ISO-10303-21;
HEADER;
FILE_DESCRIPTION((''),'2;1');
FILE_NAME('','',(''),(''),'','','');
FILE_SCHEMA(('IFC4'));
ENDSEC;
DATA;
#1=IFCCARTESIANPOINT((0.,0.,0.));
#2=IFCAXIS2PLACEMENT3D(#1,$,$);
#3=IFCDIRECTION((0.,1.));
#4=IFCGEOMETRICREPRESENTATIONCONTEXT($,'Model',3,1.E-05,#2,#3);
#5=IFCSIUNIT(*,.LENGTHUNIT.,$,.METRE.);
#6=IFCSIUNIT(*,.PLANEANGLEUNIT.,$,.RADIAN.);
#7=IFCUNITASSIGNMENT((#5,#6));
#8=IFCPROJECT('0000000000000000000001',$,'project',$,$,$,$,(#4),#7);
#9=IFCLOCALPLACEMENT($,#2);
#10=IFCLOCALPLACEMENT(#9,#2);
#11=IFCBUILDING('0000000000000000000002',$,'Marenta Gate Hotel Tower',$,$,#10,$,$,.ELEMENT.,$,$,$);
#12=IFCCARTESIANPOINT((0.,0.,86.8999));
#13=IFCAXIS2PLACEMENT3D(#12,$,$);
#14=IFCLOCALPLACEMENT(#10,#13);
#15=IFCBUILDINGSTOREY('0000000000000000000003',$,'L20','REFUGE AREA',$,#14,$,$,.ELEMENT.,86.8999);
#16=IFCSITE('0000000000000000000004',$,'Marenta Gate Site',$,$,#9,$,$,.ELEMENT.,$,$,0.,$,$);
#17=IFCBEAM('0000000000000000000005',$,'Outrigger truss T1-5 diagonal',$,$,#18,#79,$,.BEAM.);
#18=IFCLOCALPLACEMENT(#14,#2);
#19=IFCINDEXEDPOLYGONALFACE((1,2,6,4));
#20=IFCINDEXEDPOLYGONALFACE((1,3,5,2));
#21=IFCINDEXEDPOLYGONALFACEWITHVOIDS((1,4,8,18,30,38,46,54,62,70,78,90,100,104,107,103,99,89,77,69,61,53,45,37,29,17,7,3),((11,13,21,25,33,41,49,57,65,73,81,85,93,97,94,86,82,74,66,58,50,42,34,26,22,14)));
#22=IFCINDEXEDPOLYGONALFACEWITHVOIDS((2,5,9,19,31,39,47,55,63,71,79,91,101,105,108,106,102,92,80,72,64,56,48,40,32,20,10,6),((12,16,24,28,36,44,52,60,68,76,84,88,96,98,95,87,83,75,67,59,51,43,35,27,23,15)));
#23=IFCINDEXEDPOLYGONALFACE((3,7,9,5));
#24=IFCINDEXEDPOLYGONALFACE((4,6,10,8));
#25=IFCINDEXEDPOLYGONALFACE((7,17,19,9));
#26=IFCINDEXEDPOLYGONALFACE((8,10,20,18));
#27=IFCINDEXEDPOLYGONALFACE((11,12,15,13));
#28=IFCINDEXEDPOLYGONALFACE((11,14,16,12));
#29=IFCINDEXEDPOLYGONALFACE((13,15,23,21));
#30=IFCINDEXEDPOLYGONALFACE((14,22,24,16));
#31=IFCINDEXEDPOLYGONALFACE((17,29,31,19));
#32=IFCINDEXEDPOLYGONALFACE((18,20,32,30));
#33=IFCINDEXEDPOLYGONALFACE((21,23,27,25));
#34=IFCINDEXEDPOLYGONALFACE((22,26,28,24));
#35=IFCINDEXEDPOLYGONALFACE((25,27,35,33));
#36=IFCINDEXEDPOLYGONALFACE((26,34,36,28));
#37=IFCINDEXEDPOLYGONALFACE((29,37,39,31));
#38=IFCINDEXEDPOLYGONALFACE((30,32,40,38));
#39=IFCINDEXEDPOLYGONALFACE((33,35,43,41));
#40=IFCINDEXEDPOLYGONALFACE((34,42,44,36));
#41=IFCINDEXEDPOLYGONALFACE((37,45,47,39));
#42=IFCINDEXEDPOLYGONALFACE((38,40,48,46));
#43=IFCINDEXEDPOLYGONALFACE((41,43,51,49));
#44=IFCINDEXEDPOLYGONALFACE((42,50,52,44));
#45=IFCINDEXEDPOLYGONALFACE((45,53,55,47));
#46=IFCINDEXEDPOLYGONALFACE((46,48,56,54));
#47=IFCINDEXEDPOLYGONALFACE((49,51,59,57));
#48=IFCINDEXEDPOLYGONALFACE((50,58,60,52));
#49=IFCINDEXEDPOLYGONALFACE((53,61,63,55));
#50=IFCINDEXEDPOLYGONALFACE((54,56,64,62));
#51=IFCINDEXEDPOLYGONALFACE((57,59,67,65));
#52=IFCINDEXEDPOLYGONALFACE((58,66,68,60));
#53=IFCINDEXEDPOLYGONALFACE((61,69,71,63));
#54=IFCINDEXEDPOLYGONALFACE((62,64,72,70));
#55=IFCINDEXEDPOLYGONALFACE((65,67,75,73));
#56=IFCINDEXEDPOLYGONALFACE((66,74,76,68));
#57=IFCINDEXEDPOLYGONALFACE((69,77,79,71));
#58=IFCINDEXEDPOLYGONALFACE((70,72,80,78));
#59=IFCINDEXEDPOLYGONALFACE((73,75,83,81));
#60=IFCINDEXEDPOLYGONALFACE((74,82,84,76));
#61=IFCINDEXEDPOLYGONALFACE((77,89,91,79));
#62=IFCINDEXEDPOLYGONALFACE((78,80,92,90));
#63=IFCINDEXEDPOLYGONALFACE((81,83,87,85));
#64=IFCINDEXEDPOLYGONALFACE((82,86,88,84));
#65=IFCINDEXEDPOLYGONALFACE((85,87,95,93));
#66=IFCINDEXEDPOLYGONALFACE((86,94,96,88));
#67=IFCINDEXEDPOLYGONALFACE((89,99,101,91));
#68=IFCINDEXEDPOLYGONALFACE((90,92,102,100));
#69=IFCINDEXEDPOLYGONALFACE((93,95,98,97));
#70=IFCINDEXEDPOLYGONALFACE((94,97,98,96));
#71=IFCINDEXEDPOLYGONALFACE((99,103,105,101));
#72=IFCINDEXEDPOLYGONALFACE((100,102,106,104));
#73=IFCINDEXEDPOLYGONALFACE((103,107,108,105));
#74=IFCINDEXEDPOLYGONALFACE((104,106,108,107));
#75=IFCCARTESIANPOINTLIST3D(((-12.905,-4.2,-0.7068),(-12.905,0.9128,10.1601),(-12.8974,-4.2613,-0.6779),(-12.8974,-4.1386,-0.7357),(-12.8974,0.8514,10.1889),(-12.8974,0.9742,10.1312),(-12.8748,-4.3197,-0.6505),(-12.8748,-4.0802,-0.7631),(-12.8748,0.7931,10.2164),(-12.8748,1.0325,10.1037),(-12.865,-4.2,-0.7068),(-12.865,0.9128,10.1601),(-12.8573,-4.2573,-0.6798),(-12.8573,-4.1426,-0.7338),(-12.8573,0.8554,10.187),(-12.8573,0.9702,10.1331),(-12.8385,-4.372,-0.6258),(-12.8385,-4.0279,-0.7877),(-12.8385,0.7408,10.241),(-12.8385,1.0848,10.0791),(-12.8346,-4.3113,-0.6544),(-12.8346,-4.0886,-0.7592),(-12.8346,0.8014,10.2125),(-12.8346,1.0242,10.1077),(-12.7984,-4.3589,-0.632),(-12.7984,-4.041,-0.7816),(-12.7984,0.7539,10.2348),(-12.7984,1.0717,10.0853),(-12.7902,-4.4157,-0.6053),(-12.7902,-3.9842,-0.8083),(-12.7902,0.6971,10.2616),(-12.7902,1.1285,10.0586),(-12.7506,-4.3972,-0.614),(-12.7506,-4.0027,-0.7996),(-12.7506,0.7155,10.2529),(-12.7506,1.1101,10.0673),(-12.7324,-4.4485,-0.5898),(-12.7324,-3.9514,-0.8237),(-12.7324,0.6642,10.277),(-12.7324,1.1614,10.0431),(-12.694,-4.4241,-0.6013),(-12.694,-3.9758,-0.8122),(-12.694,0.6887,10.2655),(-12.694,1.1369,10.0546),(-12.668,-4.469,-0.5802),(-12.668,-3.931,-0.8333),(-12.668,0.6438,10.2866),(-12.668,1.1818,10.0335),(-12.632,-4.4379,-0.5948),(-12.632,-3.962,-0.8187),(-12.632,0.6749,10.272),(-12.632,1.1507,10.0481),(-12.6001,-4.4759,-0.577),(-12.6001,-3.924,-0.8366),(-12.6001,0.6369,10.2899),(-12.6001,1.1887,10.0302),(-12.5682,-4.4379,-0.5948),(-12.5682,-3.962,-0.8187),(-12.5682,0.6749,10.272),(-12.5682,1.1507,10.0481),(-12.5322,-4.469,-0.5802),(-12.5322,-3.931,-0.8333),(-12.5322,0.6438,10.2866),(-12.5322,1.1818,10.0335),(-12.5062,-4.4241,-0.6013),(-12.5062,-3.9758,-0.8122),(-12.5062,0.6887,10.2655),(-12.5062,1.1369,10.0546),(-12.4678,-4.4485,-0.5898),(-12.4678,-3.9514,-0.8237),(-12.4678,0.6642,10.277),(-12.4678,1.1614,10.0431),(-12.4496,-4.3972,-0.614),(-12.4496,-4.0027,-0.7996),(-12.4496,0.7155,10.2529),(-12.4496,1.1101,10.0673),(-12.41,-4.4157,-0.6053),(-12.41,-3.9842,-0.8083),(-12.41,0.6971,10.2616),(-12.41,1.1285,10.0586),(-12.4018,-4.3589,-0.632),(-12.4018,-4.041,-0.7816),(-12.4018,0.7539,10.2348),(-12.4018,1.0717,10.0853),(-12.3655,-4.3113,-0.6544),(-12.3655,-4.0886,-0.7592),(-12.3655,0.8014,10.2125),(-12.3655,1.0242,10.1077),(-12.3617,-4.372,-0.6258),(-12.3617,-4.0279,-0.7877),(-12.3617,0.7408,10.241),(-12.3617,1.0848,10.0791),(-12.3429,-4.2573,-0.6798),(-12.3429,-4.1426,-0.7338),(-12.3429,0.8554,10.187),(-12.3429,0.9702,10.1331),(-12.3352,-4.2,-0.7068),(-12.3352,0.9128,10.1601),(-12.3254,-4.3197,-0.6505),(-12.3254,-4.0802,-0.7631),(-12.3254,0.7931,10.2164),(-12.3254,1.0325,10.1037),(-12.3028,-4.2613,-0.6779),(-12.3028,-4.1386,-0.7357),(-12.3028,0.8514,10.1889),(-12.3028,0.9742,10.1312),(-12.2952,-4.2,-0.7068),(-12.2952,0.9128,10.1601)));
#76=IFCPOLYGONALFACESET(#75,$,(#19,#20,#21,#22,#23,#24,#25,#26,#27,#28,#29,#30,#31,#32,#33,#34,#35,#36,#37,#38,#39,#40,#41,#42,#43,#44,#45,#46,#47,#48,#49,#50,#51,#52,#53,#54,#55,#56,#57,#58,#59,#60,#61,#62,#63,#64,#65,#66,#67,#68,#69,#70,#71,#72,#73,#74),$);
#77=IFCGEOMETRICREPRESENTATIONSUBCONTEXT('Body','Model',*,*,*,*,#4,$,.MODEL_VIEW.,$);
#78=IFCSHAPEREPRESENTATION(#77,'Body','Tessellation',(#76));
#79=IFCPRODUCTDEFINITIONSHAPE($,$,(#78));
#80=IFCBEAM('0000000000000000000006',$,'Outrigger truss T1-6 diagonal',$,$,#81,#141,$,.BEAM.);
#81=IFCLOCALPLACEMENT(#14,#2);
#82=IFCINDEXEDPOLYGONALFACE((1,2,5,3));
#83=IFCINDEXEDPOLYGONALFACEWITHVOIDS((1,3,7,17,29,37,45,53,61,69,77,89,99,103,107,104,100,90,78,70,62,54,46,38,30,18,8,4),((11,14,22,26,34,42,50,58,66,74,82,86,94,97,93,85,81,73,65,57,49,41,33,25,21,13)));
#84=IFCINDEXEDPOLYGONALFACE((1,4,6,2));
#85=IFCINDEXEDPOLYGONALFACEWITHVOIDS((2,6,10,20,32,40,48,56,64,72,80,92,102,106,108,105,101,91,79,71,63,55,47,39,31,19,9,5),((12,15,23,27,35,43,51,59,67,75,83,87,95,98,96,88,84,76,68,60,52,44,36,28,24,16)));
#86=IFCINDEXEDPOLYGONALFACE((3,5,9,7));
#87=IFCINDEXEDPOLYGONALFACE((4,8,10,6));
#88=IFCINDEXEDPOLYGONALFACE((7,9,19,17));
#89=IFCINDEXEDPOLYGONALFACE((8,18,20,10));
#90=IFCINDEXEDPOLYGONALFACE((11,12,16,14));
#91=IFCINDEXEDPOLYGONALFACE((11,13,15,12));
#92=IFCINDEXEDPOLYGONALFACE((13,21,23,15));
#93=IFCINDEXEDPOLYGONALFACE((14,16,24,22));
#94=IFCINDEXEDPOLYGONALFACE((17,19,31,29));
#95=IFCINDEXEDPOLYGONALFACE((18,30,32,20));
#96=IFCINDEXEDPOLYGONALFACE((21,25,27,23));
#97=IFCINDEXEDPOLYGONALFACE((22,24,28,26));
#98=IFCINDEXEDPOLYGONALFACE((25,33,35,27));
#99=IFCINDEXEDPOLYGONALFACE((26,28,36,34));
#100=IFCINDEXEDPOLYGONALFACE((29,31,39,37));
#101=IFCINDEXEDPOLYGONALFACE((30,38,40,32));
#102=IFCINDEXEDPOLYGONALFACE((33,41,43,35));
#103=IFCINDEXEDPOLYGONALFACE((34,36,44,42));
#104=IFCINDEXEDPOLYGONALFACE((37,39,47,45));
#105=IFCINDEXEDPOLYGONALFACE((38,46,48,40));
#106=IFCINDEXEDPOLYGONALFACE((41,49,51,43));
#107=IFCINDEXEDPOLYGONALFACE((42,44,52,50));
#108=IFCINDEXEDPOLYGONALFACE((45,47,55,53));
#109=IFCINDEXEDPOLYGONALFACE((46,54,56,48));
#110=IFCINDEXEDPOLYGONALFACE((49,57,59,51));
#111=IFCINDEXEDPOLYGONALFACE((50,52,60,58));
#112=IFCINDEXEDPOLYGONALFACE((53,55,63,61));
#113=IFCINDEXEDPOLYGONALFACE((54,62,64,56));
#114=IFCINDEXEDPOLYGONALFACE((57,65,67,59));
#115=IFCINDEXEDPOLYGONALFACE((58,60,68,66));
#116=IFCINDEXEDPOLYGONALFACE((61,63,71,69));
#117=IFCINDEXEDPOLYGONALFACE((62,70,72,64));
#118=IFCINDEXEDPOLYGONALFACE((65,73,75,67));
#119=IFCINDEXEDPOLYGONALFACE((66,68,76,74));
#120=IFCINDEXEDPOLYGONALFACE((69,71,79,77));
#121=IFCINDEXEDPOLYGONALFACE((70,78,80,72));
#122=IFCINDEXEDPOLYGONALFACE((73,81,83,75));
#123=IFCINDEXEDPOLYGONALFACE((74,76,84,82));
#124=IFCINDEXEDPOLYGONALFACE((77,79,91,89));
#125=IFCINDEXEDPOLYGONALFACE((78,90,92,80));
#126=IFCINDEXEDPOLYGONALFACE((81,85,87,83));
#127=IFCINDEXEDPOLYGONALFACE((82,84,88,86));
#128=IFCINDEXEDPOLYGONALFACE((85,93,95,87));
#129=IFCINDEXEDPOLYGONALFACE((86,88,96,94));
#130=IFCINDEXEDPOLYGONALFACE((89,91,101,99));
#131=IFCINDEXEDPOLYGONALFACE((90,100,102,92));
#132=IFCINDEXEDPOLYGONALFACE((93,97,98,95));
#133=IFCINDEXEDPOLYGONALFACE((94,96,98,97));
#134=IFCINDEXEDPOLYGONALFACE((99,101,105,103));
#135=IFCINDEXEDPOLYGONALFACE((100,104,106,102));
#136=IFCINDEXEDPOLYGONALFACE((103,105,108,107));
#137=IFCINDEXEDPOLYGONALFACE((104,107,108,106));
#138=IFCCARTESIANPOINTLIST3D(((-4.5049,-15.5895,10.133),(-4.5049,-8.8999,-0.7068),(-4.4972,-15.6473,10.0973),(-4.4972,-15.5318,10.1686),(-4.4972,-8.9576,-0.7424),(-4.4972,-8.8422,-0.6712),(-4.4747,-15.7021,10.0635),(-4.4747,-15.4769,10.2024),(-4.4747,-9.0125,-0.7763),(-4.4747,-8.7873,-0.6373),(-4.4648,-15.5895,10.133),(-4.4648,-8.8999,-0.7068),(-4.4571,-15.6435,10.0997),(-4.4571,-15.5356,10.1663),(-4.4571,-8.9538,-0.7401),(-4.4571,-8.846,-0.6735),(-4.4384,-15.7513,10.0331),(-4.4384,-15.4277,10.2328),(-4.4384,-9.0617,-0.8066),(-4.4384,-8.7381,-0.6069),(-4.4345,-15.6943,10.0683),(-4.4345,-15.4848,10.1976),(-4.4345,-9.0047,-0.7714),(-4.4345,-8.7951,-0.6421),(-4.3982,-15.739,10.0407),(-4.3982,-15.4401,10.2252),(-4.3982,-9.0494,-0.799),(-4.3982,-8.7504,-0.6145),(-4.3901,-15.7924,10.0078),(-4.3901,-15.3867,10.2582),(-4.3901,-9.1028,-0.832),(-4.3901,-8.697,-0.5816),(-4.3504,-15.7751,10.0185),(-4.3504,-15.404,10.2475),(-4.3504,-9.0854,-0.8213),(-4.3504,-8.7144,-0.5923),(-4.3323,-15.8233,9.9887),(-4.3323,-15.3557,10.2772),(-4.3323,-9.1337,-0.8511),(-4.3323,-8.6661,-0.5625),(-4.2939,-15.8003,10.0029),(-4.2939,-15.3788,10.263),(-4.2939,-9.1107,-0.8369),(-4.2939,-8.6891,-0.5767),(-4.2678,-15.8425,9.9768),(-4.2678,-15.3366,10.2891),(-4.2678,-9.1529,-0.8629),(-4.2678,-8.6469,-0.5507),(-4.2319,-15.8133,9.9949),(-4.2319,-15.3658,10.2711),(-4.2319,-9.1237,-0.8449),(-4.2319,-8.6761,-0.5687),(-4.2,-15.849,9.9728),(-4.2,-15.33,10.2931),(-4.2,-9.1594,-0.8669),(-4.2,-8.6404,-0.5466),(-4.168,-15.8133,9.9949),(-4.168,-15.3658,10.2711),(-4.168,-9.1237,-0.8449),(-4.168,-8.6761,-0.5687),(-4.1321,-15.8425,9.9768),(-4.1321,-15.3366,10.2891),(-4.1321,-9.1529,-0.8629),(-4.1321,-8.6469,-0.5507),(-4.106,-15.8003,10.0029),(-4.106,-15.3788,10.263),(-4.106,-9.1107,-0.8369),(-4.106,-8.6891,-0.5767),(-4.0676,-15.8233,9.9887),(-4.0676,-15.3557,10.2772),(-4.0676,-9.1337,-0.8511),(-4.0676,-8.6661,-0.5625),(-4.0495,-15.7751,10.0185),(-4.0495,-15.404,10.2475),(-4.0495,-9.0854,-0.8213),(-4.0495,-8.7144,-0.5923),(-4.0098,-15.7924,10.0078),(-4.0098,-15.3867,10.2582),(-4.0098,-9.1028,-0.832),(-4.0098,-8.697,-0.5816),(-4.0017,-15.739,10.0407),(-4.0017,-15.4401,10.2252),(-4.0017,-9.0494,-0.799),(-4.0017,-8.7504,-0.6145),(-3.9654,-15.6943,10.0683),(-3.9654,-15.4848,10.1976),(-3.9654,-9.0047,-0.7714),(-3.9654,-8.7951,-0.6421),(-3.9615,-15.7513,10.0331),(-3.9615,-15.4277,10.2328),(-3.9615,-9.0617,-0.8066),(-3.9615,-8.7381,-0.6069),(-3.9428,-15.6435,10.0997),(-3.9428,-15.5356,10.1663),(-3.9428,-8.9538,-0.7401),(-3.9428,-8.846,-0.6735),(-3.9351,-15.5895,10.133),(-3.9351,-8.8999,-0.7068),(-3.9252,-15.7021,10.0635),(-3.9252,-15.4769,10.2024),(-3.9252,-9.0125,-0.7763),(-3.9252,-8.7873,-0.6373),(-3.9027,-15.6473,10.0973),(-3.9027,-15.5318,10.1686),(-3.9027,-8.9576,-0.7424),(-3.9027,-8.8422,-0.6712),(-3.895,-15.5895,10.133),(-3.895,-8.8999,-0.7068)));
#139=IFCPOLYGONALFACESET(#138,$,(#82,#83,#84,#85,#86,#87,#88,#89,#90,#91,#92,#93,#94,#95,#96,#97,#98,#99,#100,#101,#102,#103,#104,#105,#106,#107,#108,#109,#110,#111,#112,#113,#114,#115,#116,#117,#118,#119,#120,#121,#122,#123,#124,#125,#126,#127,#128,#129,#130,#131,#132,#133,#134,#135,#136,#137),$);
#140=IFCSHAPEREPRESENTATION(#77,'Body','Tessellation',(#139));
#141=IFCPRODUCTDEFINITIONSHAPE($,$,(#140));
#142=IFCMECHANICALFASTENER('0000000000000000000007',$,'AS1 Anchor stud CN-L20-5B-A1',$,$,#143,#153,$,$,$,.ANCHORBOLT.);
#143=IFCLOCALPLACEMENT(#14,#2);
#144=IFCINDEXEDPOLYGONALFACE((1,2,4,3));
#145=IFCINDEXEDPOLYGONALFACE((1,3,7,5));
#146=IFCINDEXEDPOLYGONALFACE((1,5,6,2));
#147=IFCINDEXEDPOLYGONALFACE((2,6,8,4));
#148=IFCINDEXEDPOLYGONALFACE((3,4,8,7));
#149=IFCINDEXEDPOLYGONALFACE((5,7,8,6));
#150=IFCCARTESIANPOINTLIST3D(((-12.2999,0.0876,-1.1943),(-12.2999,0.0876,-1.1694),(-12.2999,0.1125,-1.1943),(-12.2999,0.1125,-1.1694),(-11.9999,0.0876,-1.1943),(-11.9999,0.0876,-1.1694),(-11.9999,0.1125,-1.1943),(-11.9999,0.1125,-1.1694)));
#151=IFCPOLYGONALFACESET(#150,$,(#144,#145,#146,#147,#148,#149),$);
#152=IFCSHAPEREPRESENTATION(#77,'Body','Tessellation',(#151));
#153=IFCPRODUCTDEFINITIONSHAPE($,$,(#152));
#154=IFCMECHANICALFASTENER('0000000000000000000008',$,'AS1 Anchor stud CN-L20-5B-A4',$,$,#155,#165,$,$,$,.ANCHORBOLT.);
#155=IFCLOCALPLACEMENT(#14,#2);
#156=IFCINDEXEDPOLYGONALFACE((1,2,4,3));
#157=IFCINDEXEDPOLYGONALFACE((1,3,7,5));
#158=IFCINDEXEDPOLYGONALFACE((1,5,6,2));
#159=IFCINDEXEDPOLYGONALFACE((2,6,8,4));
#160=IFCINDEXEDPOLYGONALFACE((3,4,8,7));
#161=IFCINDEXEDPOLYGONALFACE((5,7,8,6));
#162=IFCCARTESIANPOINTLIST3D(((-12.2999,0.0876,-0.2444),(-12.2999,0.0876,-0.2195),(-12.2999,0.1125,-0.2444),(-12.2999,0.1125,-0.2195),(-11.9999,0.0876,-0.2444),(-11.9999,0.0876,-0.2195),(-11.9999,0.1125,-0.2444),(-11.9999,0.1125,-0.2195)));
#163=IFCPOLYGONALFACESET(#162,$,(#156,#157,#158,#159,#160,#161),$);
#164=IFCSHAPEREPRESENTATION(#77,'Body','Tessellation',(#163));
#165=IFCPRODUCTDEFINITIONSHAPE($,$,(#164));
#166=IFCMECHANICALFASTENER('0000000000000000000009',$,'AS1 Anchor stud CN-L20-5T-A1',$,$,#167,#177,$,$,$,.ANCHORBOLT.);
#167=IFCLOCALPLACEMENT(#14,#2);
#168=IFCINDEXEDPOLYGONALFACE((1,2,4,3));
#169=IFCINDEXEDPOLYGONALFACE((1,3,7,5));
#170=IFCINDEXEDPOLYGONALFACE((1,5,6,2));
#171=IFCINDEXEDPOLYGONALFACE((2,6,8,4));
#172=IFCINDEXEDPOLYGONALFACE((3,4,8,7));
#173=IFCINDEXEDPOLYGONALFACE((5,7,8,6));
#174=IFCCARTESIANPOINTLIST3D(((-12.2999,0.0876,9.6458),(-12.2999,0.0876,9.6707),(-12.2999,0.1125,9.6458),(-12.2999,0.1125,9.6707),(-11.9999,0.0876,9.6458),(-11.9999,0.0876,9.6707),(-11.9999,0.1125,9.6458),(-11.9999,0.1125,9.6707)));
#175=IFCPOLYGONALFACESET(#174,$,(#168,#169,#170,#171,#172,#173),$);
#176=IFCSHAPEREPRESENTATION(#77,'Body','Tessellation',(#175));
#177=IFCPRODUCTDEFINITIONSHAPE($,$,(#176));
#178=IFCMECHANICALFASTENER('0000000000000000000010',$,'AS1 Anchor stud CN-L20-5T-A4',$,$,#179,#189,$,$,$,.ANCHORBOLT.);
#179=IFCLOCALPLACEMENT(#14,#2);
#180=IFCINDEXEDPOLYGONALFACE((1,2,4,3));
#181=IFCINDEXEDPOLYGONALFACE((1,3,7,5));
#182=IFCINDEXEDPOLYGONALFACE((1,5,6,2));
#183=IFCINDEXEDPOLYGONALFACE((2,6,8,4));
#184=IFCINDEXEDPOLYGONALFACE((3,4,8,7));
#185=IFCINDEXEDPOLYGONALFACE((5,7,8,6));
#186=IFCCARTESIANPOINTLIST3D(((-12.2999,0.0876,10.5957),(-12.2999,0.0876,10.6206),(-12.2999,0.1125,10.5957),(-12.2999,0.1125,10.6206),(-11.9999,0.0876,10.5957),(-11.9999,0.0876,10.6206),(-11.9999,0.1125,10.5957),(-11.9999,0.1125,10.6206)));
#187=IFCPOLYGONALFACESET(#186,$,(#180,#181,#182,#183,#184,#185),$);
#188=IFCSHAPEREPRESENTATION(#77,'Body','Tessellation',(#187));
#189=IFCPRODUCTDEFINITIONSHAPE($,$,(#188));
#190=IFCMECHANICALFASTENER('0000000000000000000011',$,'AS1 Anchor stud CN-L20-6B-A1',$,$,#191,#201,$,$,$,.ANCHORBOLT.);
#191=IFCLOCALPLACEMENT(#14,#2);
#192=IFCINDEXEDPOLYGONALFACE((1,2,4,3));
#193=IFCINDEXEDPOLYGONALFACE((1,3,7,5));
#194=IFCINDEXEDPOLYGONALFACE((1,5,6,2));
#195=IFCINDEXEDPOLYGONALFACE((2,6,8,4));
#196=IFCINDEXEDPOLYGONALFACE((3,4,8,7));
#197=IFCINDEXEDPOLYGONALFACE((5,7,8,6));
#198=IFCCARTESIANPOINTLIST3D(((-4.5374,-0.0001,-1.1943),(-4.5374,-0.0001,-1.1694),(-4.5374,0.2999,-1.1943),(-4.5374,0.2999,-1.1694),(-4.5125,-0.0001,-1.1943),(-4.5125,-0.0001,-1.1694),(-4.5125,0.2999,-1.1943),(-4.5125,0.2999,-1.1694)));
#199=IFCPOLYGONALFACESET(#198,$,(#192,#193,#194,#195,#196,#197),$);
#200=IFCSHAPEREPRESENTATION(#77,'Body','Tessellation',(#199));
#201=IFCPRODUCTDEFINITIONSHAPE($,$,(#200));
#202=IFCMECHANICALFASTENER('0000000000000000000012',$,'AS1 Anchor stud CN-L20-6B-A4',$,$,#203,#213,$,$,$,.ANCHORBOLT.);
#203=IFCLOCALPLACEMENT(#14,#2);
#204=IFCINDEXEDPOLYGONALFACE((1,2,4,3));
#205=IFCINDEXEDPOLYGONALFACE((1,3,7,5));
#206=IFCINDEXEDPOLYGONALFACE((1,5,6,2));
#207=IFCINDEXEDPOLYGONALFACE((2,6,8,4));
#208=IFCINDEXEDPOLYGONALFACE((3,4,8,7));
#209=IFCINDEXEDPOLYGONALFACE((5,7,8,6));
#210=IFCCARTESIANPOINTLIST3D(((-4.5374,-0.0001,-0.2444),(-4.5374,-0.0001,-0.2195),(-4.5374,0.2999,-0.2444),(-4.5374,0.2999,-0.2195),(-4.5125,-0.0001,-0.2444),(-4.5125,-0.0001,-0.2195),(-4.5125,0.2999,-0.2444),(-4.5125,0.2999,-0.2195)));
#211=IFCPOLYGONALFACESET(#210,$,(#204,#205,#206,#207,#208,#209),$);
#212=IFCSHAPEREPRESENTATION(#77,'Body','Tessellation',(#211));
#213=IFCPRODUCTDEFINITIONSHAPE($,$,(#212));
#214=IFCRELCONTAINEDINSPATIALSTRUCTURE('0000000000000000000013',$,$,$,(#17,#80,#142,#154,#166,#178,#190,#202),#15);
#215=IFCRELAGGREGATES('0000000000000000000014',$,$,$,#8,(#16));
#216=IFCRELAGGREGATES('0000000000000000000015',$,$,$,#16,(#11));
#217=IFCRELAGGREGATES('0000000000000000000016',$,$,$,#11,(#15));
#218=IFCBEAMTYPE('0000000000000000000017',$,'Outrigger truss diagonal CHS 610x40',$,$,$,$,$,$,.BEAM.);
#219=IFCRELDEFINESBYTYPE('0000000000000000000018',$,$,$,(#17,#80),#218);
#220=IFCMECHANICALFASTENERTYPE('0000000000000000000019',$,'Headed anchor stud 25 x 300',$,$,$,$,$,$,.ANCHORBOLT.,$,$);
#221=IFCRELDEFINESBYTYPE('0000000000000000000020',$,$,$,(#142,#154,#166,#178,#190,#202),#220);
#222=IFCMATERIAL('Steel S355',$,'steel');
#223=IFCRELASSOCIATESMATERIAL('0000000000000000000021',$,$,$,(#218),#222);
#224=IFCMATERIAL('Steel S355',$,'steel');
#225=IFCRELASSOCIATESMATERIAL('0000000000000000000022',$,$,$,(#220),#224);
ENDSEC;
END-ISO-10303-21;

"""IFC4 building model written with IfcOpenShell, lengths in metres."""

from ifc_helpers import new_model, si_unit, direction, frame, origin, origin_2d, place, context, subcontext, project, spatial, rectangle, hollow_circle, extrude, material, material_profile, profile_set, type_object, element, save


model = new_model("IFC4")

# Units and contexts
model_context = context("Model", 3, precision=1e-05, world=origin(), true_north=direction((0.0, 1.0)))
body_context = subcontext(model_context, "Body", "Model", "MODEL_VIEW")
ifc_project = project(units=[si_unit("LENGTHUNIT", "METRE"), si_unit("PLANEANGLEUNIT", "RADIAN")], contexts=[model_context])

# Site, building, storey
site_placement = place(None, origin())
site = spatial("IfcSite", under=ifc_project, at=site_placement, Name="Marenta Gate Site", CompositionType="ELEMENT", RefElevation=0.0)
building_placement = place(site_placement, origin())
building = spatial("IfcBuilding", under=site, at=building_placement, Name="Marenta Gate Hotel Tower", CompositionType="ELEMENT")
storey_placement = place(building_placement, frame((0.0, 0.0, 86.8999)))
storey = spatial("IfcBuildingStorey", under=building, at=storey_placement, Name="L20", Description="REFUGE AREA", CompositionType="ELEMENT", Elevation=86.8999)

# Beams
ifc_material_1 = material(Name="Steel S355", Category="steel")
ifc_material_profile_1 = material_profile(ifc_material_1, hollow_circle(Radius=0.3049, WallThickness=0.04, at=origin_2d()), Name="CHS 610x40")
ifc_profile_set_1 = profile_set([ifc_material_profile_1], Name="Steel S355")
beam_type_1 = type_object("IfcBeamType", Name="Outrigger truss diagonal CHS 610x40", PredefinedType="BEAM", material=ifc_profile_set_1)
beam_1_placement = place(storey_placement, frame((-12.6001, -4.2, -0.7068), z_axis=(0.0, 0.425725, 0.904853), x_axis=(-1.0, 0.0, 0.0)))
element("IfcBeam", 1, at=beam_1_placement, inside=storey, type_object=beam_type_1, Name="Outrigger truss T1-5 diagonal", PredefinedType="BEAM", context=body_context, shape_type="SweptSolid", body=[
    extrude(hollow_circle(Radius=0.3049, WallThickness=0.04, at=origin_2d()), origin(), (0.0, 0.0, 1.0), 12.0095),
])
beam_2_placement = place(storey_placement, frame((-4.2, -8.8999, -0.7068), z_axis=(0.0, -0.52518, 0.850991), x_axis=(1.0, 0.0, 0.0)))
element("IfcBeam", 2, at=beam_2_placement, inside=storey, type_object=beam_type_1, Name="Outrigger truss T1-6 diagonal", PredefinedType="BEAM", context=body_context, shape_type="SweptSolid", body=[
    extrude(hollow_circle(Radius=0.3049, WallThickness=0.04, at=origin_2d()), origin(), (0.0, 0.0, 1.0), 12.7378),
])

# Mechanical fasteners
ifc_material_2 = material(Name="Steel S355", Category="steel")
mechanical_fastener_type = type_object("IfcMechanicalFastenerType", Name="Headed anchor stud 25 x 300", PredefinedType="ANCHORBOLT", material=ifc_material_2)
for number, where, z_axis, x_axis, name in (
    (3, (-12.1499, 0.1001, -1.1943), (0.0, 0.0, 1.0), (1.0, 0.0, 0.0), "AS1 Anchor stud CN-L20-5B-A1"),
    (4, (-12.1499, 0.1001, -0.2444), (0.0, 0.0, 1.0), (1.0, 0.0, 0.0), "AS1 Anchor stud CN-L20-5B-A4"),
    (5, (-12.1499, 0.1001, 9.6458), (0.0, 0.0, 1.0), (1.0, 0.0, 0.0), "AS1 Anchor stud CN-L20-5T-A1"),
    (6, (-12.1499, 0.1001, 10.5957), (0.0, 0.0, 1.0), (1.0, 0.0, 0.0), "AS1 Anchor stud CN-L20-5T-A4"),
):
    element("IfcMechanicalFastener", number, at=place(storey_placement, frame(where, z_axis=z_axis, x_axis=x_axis)), inside=storey, type_object=mechanical_fastener_type, Name=name, PredefinedType="ANCHORBOLT", context=body_context, shape_type="SweptSolid", body=[
        extrude(rectangle(XDim=0.3, YDim=0.0249, at=origin_2d()), origin(), (0.0, 0.0, 1.0), 0.0249),
    ])
for number, where, z_axis, x_axis, name in (
    (7, (-4.5249, 0.1499, -1.1943), (0.0, 0.0, 1.0), (1.0, 0.0, 0.0), "AS1 Anchor stud CN-L20-6B-A1"),
    (8, (-4.5249, 0.1499, -0.2444), (0.0, 0.0, 1.0), (1.0, 0.0, 0.0), "AS1 Anchor stud CN-L20-6B-A4"),
):
    element("IfcMechanicalFastener", number, at=place(storey_placement, frame(where, z_axis=z_axis, x_axis=x_axis)), inside=storey, type_object=mechanical_fastener_type, Name=name, PredefinedType="ANCHORBOLT", context=body_context, shape_type="SweptSolid", body=[
        extrude(rectangle(XDim=0.0249, YDim=0.3, at=origin_2d()), origin(), (0.0, 0.0, 1.0), 0.0249),
    ])

save(model, "model.ifc")
